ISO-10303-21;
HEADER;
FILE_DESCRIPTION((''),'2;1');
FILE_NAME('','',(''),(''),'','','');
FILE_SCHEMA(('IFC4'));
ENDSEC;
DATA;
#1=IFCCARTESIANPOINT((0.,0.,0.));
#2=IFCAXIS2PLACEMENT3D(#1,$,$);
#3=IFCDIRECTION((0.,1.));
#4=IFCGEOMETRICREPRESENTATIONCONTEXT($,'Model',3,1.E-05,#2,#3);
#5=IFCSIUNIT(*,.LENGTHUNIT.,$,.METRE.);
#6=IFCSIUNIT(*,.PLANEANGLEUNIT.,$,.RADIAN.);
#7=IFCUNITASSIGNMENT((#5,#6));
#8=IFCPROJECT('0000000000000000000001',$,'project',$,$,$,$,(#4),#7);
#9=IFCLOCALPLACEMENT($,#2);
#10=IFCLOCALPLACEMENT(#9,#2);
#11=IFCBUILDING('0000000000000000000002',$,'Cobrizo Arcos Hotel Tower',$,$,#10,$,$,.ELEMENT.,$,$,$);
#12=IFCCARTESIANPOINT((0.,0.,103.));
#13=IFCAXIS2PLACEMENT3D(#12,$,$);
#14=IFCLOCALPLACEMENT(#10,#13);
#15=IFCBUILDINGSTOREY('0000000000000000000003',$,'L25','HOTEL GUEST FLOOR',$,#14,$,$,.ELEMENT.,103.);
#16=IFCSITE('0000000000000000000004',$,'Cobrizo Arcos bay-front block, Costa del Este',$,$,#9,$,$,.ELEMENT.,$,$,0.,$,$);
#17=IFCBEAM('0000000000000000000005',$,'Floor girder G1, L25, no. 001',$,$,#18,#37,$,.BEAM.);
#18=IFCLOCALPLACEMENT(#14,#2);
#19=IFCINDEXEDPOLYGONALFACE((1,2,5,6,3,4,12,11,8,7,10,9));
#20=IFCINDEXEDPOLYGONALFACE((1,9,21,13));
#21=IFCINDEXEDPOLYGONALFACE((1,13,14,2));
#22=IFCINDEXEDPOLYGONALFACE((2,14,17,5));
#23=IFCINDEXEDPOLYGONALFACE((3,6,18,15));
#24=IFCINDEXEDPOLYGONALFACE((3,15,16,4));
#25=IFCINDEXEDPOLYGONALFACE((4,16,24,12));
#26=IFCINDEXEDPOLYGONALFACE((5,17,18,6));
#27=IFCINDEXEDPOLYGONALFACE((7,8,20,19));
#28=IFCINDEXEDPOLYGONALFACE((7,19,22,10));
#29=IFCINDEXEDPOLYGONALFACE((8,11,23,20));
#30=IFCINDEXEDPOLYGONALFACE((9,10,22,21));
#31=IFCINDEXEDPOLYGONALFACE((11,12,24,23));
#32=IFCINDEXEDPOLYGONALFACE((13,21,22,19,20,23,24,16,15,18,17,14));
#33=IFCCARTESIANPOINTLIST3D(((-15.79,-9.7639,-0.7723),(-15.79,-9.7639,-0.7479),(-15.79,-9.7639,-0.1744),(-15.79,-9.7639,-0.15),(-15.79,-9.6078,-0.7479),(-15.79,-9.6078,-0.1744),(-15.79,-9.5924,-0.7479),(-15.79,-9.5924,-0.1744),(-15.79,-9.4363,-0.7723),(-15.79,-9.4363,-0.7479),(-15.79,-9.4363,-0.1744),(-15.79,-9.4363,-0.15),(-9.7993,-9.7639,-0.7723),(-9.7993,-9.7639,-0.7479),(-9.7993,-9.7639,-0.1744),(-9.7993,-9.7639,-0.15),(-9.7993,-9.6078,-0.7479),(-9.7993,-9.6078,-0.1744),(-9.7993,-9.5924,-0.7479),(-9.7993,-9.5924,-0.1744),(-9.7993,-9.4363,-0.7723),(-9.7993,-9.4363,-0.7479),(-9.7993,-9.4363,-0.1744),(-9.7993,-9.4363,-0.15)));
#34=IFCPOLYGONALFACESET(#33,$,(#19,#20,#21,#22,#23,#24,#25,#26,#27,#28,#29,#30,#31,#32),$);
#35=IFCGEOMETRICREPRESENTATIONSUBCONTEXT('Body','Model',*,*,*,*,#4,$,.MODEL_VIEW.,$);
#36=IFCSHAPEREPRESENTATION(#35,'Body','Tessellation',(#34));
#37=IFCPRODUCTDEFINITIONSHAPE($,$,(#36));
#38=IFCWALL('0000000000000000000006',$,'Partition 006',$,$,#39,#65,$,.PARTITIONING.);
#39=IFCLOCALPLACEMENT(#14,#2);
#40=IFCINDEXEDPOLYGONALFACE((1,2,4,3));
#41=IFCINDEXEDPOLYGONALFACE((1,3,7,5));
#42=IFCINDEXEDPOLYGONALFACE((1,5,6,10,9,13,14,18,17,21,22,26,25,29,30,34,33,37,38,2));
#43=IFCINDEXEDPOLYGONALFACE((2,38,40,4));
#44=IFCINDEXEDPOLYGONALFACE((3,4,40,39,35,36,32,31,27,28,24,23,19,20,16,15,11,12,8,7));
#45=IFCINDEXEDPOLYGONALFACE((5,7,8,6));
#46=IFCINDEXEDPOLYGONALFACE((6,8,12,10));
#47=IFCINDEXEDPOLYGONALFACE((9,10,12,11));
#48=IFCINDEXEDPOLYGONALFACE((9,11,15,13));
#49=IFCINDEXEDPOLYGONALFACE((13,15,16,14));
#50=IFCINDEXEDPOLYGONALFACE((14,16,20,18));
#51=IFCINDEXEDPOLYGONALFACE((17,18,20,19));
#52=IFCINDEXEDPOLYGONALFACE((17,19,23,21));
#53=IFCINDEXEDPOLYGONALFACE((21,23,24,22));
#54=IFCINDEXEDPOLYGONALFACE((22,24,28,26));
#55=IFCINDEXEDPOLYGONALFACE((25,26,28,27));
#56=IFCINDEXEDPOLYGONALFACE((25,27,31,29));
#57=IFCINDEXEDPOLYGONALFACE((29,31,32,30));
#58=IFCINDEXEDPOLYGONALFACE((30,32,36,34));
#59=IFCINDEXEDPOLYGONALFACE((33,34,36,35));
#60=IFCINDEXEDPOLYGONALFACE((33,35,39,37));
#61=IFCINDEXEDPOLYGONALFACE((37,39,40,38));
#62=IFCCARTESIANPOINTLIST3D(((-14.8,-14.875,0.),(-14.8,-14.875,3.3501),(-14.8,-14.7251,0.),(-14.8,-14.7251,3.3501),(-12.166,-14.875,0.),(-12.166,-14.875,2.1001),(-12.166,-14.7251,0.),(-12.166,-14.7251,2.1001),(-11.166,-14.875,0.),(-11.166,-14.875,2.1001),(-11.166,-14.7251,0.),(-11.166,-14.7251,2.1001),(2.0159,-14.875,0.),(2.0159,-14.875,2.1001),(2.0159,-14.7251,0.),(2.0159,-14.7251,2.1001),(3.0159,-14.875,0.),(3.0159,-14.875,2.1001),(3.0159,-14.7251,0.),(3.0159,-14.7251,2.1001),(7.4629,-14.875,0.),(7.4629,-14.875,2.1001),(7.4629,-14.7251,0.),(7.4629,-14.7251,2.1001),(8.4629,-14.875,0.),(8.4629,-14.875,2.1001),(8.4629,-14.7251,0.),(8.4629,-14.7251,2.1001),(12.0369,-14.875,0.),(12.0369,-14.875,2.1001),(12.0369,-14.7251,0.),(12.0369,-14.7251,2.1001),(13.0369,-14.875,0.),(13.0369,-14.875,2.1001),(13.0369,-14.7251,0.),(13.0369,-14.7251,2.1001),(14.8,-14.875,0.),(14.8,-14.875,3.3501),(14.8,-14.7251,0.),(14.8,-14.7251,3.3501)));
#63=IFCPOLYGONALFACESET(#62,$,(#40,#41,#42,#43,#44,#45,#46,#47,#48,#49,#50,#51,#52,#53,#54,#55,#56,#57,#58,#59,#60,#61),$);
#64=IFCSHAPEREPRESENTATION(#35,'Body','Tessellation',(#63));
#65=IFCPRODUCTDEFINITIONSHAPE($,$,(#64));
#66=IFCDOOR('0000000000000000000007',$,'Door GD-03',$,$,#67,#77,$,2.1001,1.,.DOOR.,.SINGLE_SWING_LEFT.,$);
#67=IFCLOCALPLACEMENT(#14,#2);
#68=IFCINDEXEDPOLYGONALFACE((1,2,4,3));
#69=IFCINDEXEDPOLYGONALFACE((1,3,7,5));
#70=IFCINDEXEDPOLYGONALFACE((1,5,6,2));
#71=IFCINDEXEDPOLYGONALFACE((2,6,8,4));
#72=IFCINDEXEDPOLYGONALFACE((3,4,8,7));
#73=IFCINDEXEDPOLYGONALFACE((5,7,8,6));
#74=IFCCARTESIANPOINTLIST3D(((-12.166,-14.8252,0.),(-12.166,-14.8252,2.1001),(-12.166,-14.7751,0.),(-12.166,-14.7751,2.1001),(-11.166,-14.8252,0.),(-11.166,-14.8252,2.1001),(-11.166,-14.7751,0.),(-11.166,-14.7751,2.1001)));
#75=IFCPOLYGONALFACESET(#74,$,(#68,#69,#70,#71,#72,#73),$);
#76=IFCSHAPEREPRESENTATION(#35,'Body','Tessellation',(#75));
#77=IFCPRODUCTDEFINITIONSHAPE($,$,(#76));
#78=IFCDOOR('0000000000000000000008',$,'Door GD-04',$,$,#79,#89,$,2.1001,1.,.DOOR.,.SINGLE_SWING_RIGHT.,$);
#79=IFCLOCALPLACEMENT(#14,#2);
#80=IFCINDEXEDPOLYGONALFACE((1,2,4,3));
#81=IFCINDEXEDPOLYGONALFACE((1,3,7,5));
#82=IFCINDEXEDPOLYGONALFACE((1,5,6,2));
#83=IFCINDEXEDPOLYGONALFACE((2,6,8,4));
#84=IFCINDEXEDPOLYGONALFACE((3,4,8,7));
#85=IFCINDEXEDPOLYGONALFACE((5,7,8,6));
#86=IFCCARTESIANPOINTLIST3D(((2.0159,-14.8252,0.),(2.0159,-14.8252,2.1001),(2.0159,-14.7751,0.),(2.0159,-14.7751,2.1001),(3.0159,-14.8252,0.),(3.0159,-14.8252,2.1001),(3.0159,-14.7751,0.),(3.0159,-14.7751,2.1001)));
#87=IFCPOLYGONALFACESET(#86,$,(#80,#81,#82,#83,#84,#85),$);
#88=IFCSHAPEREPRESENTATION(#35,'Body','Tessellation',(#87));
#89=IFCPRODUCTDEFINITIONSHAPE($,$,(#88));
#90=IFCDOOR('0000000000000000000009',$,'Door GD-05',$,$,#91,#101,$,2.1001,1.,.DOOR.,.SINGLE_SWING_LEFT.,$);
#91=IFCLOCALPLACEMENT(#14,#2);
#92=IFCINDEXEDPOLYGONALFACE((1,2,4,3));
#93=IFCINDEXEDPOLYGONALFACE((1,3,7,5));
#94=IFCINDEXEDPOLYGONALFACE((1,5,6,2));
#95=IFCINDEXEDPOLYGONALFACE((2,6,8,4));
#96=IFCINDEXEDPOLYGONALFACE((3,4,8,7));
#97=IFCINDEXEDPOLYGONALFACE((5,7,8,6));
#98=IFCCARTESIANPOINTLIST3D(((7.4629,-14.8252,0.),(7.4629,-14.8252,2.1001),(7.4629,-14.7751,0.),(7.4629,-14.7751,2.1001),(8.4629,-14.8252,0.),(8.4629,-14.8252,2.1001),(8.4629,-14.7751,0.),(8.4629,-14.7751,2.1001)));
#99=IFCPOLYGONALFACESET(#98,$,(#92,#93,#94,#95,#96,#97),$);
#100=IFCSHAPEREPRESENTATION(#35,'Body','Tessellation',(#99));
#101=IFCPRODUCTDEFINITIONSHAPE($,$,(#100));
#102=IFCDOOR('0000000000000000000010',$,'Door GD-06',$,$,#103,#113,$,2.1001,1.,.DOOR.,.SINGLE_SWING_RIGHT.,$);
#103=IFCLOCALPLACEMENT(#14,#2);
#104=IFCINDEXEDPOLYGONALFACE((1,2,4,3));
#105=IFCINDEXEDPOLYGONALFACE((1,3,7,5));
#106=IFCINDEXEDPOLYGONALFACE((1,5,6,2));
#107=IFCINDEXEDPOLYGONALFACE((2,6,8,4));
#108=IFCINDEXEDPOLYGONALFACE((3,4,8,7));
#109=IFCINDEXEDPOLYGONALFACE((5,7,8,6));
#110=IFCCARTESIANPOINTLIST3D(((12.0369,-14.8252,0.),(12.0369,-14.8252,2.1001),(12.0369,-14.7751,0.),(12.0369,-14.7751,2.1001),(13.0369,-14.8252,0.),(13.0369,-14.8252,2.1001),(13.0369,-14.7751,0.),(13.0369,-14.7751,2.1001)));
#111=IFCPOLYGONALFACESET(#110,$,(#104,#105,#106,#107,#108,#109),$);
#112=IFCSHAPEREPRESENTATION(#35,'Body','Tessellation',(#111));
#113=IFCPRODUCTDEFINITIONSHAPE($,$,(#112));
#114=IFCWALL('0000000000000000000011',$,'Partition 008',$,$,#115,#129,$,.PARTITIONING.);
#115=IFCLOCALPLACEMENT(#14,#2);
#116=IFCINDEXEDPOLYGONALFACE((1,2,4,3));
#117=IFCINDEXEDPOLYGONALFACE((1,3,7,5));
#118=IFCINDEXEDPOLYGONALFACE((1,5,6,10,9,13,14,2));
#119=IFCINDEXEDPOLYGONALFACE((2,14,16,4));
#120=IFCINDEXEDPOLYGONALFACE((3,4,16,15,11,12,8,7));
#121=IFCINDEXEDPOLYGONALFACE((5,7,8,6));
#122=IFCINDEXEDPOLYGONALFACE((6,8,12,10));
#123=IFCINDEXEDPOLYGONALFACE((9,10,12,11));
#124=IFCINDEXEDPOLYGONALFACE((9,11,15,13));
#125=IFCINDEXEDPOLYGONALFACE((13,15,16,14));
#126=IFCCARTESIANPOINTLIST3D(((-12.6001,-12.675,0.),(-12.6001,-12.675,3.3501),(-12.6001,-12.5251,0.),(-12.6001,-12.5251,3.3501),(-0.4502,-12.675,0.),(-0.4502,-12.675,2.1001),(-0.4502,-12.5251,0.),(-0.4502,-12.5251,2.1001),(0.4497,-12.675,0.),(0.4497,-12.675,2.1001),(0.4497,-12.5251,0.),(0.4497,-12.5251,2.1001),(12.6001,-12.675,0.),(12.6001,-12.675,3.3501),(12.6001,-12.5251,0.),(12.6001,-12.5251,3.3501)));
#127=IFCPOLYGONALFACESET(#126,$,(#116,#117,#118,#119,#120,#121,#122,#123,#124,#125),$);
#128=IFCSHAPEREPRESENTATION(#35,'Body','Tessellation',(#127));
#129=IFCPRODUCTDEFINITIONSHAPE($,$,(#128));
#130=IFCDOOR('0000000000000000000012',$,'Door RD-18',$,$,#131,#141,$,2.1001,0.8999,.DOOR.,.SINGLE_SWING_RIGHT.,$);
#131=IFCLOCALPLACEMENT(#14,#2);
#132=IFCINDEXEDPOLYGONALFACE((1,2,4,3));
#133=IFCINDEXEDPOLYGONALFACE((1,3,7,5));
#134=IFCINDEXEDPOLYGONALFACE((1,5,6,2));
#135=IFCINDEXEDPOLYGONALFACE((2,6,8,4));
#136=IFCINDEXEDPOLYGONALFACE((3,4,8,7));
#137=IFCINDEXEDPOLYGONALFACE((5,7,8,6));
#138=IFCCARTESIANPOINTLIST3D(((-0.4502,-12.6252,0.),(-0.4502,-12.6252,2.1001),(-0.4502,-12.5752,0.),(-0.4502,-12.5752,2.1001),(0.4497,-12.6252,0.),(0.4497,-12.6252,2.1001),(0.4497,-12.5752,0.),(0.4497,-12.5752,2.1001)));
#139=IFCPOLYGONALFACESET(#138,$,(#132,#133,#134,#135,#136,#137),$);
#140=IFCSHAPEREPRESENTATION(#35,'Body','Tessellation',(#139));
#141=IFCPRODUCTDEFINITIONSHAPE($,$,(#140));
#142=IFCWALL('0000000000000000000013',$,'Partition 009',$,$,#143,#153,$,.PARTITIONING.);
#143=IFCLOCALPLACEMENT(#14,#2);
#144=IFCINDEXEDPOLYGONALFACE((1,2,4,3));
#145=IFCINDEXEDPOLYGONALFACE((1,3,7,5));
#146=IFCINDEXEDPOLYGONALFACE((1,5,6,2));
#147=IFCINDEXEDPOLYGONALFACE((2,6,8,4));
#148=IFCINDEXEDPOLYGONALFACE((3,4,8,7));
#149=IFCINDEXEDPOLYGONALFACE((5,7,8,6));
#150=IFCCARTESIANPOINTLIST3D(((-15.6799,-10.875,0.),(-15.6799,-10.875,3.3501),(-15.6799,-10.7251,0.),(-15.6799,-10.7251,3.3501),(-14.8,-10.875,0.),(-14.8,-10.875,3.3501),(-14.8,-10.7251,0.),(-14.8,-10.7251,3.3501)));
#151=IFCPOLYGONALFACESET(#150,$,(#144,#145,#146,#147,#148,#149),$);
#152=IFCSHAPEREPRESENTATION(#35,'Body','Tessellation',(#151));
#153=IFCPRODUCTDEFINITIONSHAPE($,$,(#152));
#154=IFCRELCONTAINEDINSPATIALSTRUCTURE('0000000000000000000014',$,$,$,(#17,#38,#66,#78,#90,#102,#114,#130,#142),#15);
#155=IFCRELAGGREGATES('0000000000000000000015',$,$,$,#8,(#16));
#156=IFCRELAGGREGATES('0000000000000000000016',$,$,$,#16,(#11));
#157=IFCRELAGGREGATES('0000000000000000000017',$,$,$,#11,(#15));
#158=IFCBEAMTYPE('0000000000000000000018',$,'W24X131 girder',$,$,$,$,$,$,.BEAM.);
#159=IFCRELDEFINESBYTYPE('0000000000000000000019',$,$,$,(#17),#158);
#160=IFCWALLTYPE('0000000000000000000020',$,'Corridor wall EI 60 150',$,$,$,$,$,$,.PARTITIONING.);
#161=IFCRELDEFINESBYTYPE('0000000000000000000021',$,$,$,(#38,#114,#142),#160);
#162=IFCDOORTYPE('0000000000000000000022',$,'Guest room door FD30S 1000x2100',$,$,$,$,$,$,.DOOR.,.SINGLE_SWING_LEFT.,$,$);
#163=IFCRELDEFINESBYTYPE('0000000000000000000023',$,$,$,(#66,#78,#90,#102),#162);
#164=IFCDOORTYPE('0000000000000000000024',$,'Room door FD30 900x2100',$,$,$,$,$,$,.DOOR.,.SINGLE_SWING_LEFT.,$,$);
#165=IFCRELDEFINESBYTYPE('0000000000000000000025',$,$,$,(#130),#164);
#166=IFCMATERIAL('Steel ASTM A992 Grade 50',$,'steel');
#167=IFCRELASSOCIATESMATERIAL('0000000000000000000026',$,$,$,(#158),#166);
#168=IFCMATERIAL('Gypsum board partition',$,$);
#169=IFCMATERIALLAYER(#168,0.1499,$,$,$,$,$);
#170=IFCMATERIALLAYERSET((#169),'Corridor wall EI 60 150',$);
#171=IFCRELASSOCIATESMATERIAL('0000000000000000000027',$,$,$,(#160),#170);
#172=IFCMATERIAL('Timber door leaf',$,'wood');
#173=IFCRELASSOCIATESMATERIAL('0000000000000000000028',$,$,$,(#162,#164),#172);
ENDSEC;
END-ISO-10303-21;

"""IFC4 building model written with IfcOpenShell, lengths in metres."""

from ifc_helpers import new_model, si_unit, direction, frame, frame_2d, origin, origin_2d, place, context, subcontext, project, spatial, rectangle, i_section, extrude, material, layer, layer_set, material_profile, profile_set, type_object, element, fill, save


model = new_model("IFC4")

# Units and contexts
model_context = context("Model", 3, precision=1e-05, world=origin(), true_north=direction((0.0, 1.0)))
body_context = subcontext(model_context, "Body", "Model", "MODEL_VIEW")
ifc_project = project(units=[si_unit("LENGTHUNIT", "METRE"), si_unit("PLANEANGLEUNIT", "RADIAN")], contexts=[model_context])

# Site, building, storey
site_placement = place(None, origin())
site = spatial("IfcSite", under=ifc_project, at=site_placement, Name="Cobrizo Arcos bay-front block, Costa del Este", CompositionType="ELEMENT", RefElevation=0.0)
building_placement = place(site_placement, origin())
building = spatial("IfcBuilding", under=site, at=building_placement, Name="Cobrizo Arcos Hotel Tower", CompositionType="ELEMENT")
storey_placement = place(building_placement, frame((0.0, 0.0, 103.0)))
storey = spatial("IfcBuildingStorey", under=building, at=storey_placement, Name="L25", Description="HOTEL GUEST FLOOR", CompositionType="ELEMENT", Elevation=103.0)

# Beam
ifc_material_1 = material(Name="Steel ASTM A992 Grade 50", Category="steel")
ifc_material_profile = material_profile(ifc_material_1, i_section(OverallWidth=0.3276, OverallDepth=0.6223, WebThickness=0.0154, FlangeThickness=0.0244, at=origin_2d()), Name="W24X131")
ifc_profile_set = profile_set([ifc_material_profile], Name="Steel ASTM A992 Grade 50")
beam_type = type_object("IfcBeamType", Name="W24X131 girder", PredefinedType="BEAM", material=ifc_profile_set)
beam_placement = place(storey_placement, frame((-15.79, -9.6001, -0.4612), z_axis=(1.0, 0.0, 0.0), x_axis=(0.0, 1.0, 0.0)))
element("IfcBeam", 1, at=beam_placement, inside=storey, type_object=beam_type, Name="Floor girder G1, L25, no. 001", PredefinedType="BEAM", context=body_context, shape_type="SweptSolid", body=[
    extrude(i_section(OverallWidth=0.3276, OverallDepth=0.6223, WebThickness=0.0154, FlangeThickness=0.0244, at=origin_2d()), origin(), (0.0, 0.0, 1.0), 5.9907),
])

# Wall, openings, doors
ifc_material_2 = material(Name="Gypsum board partition")
ifc_layer_1 = layer(ifc_material_2, 0.1499)
ifc_layer_set_1 = layer_set([ifc_layer_1], Name="Corridor wall EI 60 150")
wall_type_1 = type_object("IfcWallType", Name="Corridor wall EI 60 150", PredefinedType="PARTITIONING", material=ifc_layer_set_1)
wall_1_placement = place(storey_placement, frame((-14.8, -14.8, 0.0), z_axis=(0.0, 0.0, 1.0), x_axis=(1.0, 0.0, 0.0)))
wall_1 = element("IfcWall", 2, at=wall_1_placement, inside=storey, type_object=wall_type_1, Name="Partition 006", PredefinedType="PARTITIONING", context=body_context, shape_type="SweptSolid", body=[
    extrude(rectangle(XDim=29.6001, YDim=0.1499, at=frame_2d((14.8, 0.0))), origin(), (0.0, 0.0, 1.0), 3.3501),
])
opening_1_placement = place(wall_1_placement, frame((2.634, 0.0, 0.0)))
opening_1 = element("IfcOpeningElement", 3, at=opening_1_placement, cuts=wall_1, PredefinedType="OPENING", context=body_context, shape_type="SweptSolid", body=[
    extrude(rectangle(XDim=1.0, YDim=2.1001, at=frame_2d((0.5, 1.05))), frame((0.0, 0.0869, 0.0), z_axis=(0.0, -1.0, 0.0), x_axis=(1.0, 0.0, 0.0)), (0.0, 0.0, 1.0), 0.1738),
])
opening_2_placement = place(wall_1_placement, frame((16.8159, 0.0, 0.0)))
opening_2 = element("IfcOpeningElement", 4, at=opening_2_placement, cuts=wall_1, PredefinedType="OPENING", context=body_context, shape_type="SweptSolid", body=[
    extrude(rectangle(XDim=1.0, YDim=2.1001, at=frame_2d((0.5, 1.05))), frame((0.0, 0.0869, 0.0), z_axis=(0.0, -1.0, 0.0), x_axis=(1.0, 0.0, 0.0)), (0.0, 0.0, 1.0), 0.1738),
])
opening_3_placement = place(wall_1_placement, frame((22.2629, 0.0, 0.0)))
opening_3 = element("IfcOpeningElement", 5, at=opening_3_placement, cuts=wall_1, PredefinedType="OPENING", context=body_context, shape_type="SweptSolid", body=[
    extrude(rectangle(XDim=1.0, YDim=2.1001, at=frame_2d((0.5, 1.05))), frame((0.0, 0.0869, 0.0), z_axis=(0.0, -1.0, 0.0), x_axis=(1.0, 0.0, 0.0)), (0.0, 0.0, 1.0), 0.1738),
])
opening_4_placement = place(wall_1_placement, frame((26.8369, 0.0, 0.0)))
opening_4 = element("IfcOpeningElement", 6, at=opening_4_placement, cuts=wall_1, PredefinedType="OPENING", context=body_context, shape_type="SweptSolid", body=[
    extrude(rectangle(XDim=1.0, YDim=2.1001, at=frame_2d((0.5, 1.05))), frame((0.0, 0.0869, 0.0), z_axis=(0.0, -1.0, 0.0), x_axis=(1.0, 0.0, 0.0)), (0.0, 0.0, 1.0), 0.1738),
])
ifc_material_3 = material(Name="Timber door leaf", Category="wood")
door_type_1 = type_object("IfcDoorType", Name="Guest room door FD30S 1000x2100", OperationType="SINGLE_SWING_LEFT", PredefinedType="DOOR", material=ifc_material_3)
door_1_placement = place(opening_1_placement, origin())
door_1 = element("IfcDoor", 7, at=door_1_placement, inside=storey, type_object=door_type_1, Name="Door GD-03", OperationType="SINGLE_SWING_LEFT", OverallHeight=2.1001, OverallWidth=1.0, PredefinedType="DOOR", context=body_context, shape_type="SweptSolid", body=[
    extrude(rectangle(XDim=1.0, YDim=2.1001, at=frame_2d((0.5, 1.05))), frame((0.0, 0.0249, 0.0), z_axis=(0.0, -1.0, 0.0), x_axis=(1.0, 0.0, 0.0)), (0.0, 0.0, 1.0), 0.05),
])
fill(opening_1, door_1)
door_2_placement = place(opening_2_placement, origin())
door_2 = element("IfcDoor", 8, at=door_2_placement, inside=storey, type_object=door_type_1, Name="Door GD-04", OperationType="SINGLE_SWING_RIGHT", OverallHeight=2.1001, OverallWidth=1.0, PredefinedType="DOOR", context=body_context, shape_type="SweptSolid", body=[
    extrude(rectangle(XDim=1.0, YDim=2.1001, at=frame_2d((0.5, 1.05))), frame((0.0, 0.0249, 0.0), z_axis=(0.0, -1.0, 0.0), x_axis=(1.0, 0.0, 0.0)), (0.0, 0.0, 1.0), 0.05),
])
fill(opening_2, door_2)
door_3_placement = place(opening_3_placement, origin())
door_3 = element("IfcDoor", 9, at=door_3_placement, inside=storey, type_object=door_type_1, Name="Door GD-05", OperationType="SINGLE_SWING_LEFT", OverallHeight=2.1001, OverallWidth=1.0, PredefinedType="DOOR", context=body_context, shape_type="SweptSolid", body=[
    extrude(rectangle(XDim=1.0, YDim=2.1001, at=frame_2d((0.5, 1.05))), frame((0.0, 0.0249, 0.0), z_axis=(0.0, -1.0, 0.0), x_axis=(1.0, 0.0, 0.0)), (0.0, 0.0, 1.0), 0.05),
])
fill(opening_3, door_3)
door_4_placement = place(opening_4_placement, origin())
door_4 = element("IfcDoor", 10, at=door_4_placement, inside=storey, type_object=door_type_1, Name="Door GD-06", OperationType="SINGLE_SWING_RIGHT", OverallHeight=2.1001, OverallWidth=1.0, PredefinedType="DOOR", context=body_context, shape_type="SweptSolid", body=[
    extrude(rectangle(XDim=1.0, YDim=2.1001, at=frame_2d((0.5, 1.05))), frame((0.0, 0.0249, 0.0), z_axis=(0.0, -1.0, 0.0), x_axis=(1.0, 0.0, 0.0)), (0.0, 0.0, 1.0), 0.05),
])
fill(opening_4, door_4)

# Wall, opening, door
wall_2_placement = place(storey_placement, frame((-12.6001, -12.6001, 0.0), z_axis=(0.0, 0.0, 1.0), x_axis=(1.0, 0.0, 0.0)))
wall_2 = element("IfcWall", 11, at=wall_2_placement, inside=storey, type_object=wall_type_1, Name="Partition 008", PredefinedType="PARTITIONING", context=body_context, shape_type="SweptSolid", body=[
    extrude(rectangle(XDim=25.2002, YDim=0.1499, at=frame_2d((12.6001, 0.0))), origin(), (0.0, 0.0, 1.0), 3.3501),
])
opening_5_placement = place(wall_2_placement, frame((12.1499, 0.0, 0.0)))
opening_5 = element("IfcOpeningElement", 12, at=opening_5_placement, cuts=wall_2, PredefinedType="OPENING", context=body_context, shape_type="SweptSolid", body=[
    extrude(rectangle(XDim=0.8999, YDim=2.1001, at=frame_2d((0.45, 1.05))), frame((0.0, 0.0869, 0.0), z_axis=(0.0, -1.0, 0.0), x_axis=(1.0, 0.0, 0.0)), (0.0, 0.0, 1.0), 0.1738),
])
door_type_2 = type_object("IfcDoorType", Name="Room door FD30 900x2100", OperationType="SINGLE_SWING_LEFT", PredefinedType="DOOR", material=ifc_material_3)
door_5_placement = place(opening_5_placement, origin())
door_5 = element("IfcDoor", 13, at=door_5_placement, inside=storey, type_object=door_type_2, Name="Door RD-18", OperationType="SINGLE_SWING_RIGHT", OverallHeight=2.1001, OverallWidth=0.8999, PredefinedType="DOOR", context=body_context, shape_type="SweptSolid", body=[
    extrude(rectangle(XDim=0.8999, YDim=2.1001, at=frame_2d((0.45, 1.05))), frame((0.0, 0.0249, 0.0), z_axis=(0.0, -1.0, 0.0), x_axis=(1.0, 0.0, 0.0)), (0.0, 0.0, 1.0), 0.05),
])
fill(opening_5, door_5)

# Wall
wall_3_placement = place(storey_placement, frame((-15.6799, -10.8, 0.0), z_axis=(0.0, 0.0, 1.0), x_axis=(1.0, 0.0, 0.0)))
element("IfcWall", 14, at=wall_3_placement, inside=storey, type_object=wall_type_1, Name="Partition 009", PredefinedType="PARTITIONING", context=body_context, shape_type="SweptSolid", body=[
    extrude(rectangle(XDim=0.8799, YDim=0.1499, at=frame_2d((0.4399, 0.0))), origin(), (0.0, 0.0, 1.0), 3.3501),
])

save(model, "model.ifc")
